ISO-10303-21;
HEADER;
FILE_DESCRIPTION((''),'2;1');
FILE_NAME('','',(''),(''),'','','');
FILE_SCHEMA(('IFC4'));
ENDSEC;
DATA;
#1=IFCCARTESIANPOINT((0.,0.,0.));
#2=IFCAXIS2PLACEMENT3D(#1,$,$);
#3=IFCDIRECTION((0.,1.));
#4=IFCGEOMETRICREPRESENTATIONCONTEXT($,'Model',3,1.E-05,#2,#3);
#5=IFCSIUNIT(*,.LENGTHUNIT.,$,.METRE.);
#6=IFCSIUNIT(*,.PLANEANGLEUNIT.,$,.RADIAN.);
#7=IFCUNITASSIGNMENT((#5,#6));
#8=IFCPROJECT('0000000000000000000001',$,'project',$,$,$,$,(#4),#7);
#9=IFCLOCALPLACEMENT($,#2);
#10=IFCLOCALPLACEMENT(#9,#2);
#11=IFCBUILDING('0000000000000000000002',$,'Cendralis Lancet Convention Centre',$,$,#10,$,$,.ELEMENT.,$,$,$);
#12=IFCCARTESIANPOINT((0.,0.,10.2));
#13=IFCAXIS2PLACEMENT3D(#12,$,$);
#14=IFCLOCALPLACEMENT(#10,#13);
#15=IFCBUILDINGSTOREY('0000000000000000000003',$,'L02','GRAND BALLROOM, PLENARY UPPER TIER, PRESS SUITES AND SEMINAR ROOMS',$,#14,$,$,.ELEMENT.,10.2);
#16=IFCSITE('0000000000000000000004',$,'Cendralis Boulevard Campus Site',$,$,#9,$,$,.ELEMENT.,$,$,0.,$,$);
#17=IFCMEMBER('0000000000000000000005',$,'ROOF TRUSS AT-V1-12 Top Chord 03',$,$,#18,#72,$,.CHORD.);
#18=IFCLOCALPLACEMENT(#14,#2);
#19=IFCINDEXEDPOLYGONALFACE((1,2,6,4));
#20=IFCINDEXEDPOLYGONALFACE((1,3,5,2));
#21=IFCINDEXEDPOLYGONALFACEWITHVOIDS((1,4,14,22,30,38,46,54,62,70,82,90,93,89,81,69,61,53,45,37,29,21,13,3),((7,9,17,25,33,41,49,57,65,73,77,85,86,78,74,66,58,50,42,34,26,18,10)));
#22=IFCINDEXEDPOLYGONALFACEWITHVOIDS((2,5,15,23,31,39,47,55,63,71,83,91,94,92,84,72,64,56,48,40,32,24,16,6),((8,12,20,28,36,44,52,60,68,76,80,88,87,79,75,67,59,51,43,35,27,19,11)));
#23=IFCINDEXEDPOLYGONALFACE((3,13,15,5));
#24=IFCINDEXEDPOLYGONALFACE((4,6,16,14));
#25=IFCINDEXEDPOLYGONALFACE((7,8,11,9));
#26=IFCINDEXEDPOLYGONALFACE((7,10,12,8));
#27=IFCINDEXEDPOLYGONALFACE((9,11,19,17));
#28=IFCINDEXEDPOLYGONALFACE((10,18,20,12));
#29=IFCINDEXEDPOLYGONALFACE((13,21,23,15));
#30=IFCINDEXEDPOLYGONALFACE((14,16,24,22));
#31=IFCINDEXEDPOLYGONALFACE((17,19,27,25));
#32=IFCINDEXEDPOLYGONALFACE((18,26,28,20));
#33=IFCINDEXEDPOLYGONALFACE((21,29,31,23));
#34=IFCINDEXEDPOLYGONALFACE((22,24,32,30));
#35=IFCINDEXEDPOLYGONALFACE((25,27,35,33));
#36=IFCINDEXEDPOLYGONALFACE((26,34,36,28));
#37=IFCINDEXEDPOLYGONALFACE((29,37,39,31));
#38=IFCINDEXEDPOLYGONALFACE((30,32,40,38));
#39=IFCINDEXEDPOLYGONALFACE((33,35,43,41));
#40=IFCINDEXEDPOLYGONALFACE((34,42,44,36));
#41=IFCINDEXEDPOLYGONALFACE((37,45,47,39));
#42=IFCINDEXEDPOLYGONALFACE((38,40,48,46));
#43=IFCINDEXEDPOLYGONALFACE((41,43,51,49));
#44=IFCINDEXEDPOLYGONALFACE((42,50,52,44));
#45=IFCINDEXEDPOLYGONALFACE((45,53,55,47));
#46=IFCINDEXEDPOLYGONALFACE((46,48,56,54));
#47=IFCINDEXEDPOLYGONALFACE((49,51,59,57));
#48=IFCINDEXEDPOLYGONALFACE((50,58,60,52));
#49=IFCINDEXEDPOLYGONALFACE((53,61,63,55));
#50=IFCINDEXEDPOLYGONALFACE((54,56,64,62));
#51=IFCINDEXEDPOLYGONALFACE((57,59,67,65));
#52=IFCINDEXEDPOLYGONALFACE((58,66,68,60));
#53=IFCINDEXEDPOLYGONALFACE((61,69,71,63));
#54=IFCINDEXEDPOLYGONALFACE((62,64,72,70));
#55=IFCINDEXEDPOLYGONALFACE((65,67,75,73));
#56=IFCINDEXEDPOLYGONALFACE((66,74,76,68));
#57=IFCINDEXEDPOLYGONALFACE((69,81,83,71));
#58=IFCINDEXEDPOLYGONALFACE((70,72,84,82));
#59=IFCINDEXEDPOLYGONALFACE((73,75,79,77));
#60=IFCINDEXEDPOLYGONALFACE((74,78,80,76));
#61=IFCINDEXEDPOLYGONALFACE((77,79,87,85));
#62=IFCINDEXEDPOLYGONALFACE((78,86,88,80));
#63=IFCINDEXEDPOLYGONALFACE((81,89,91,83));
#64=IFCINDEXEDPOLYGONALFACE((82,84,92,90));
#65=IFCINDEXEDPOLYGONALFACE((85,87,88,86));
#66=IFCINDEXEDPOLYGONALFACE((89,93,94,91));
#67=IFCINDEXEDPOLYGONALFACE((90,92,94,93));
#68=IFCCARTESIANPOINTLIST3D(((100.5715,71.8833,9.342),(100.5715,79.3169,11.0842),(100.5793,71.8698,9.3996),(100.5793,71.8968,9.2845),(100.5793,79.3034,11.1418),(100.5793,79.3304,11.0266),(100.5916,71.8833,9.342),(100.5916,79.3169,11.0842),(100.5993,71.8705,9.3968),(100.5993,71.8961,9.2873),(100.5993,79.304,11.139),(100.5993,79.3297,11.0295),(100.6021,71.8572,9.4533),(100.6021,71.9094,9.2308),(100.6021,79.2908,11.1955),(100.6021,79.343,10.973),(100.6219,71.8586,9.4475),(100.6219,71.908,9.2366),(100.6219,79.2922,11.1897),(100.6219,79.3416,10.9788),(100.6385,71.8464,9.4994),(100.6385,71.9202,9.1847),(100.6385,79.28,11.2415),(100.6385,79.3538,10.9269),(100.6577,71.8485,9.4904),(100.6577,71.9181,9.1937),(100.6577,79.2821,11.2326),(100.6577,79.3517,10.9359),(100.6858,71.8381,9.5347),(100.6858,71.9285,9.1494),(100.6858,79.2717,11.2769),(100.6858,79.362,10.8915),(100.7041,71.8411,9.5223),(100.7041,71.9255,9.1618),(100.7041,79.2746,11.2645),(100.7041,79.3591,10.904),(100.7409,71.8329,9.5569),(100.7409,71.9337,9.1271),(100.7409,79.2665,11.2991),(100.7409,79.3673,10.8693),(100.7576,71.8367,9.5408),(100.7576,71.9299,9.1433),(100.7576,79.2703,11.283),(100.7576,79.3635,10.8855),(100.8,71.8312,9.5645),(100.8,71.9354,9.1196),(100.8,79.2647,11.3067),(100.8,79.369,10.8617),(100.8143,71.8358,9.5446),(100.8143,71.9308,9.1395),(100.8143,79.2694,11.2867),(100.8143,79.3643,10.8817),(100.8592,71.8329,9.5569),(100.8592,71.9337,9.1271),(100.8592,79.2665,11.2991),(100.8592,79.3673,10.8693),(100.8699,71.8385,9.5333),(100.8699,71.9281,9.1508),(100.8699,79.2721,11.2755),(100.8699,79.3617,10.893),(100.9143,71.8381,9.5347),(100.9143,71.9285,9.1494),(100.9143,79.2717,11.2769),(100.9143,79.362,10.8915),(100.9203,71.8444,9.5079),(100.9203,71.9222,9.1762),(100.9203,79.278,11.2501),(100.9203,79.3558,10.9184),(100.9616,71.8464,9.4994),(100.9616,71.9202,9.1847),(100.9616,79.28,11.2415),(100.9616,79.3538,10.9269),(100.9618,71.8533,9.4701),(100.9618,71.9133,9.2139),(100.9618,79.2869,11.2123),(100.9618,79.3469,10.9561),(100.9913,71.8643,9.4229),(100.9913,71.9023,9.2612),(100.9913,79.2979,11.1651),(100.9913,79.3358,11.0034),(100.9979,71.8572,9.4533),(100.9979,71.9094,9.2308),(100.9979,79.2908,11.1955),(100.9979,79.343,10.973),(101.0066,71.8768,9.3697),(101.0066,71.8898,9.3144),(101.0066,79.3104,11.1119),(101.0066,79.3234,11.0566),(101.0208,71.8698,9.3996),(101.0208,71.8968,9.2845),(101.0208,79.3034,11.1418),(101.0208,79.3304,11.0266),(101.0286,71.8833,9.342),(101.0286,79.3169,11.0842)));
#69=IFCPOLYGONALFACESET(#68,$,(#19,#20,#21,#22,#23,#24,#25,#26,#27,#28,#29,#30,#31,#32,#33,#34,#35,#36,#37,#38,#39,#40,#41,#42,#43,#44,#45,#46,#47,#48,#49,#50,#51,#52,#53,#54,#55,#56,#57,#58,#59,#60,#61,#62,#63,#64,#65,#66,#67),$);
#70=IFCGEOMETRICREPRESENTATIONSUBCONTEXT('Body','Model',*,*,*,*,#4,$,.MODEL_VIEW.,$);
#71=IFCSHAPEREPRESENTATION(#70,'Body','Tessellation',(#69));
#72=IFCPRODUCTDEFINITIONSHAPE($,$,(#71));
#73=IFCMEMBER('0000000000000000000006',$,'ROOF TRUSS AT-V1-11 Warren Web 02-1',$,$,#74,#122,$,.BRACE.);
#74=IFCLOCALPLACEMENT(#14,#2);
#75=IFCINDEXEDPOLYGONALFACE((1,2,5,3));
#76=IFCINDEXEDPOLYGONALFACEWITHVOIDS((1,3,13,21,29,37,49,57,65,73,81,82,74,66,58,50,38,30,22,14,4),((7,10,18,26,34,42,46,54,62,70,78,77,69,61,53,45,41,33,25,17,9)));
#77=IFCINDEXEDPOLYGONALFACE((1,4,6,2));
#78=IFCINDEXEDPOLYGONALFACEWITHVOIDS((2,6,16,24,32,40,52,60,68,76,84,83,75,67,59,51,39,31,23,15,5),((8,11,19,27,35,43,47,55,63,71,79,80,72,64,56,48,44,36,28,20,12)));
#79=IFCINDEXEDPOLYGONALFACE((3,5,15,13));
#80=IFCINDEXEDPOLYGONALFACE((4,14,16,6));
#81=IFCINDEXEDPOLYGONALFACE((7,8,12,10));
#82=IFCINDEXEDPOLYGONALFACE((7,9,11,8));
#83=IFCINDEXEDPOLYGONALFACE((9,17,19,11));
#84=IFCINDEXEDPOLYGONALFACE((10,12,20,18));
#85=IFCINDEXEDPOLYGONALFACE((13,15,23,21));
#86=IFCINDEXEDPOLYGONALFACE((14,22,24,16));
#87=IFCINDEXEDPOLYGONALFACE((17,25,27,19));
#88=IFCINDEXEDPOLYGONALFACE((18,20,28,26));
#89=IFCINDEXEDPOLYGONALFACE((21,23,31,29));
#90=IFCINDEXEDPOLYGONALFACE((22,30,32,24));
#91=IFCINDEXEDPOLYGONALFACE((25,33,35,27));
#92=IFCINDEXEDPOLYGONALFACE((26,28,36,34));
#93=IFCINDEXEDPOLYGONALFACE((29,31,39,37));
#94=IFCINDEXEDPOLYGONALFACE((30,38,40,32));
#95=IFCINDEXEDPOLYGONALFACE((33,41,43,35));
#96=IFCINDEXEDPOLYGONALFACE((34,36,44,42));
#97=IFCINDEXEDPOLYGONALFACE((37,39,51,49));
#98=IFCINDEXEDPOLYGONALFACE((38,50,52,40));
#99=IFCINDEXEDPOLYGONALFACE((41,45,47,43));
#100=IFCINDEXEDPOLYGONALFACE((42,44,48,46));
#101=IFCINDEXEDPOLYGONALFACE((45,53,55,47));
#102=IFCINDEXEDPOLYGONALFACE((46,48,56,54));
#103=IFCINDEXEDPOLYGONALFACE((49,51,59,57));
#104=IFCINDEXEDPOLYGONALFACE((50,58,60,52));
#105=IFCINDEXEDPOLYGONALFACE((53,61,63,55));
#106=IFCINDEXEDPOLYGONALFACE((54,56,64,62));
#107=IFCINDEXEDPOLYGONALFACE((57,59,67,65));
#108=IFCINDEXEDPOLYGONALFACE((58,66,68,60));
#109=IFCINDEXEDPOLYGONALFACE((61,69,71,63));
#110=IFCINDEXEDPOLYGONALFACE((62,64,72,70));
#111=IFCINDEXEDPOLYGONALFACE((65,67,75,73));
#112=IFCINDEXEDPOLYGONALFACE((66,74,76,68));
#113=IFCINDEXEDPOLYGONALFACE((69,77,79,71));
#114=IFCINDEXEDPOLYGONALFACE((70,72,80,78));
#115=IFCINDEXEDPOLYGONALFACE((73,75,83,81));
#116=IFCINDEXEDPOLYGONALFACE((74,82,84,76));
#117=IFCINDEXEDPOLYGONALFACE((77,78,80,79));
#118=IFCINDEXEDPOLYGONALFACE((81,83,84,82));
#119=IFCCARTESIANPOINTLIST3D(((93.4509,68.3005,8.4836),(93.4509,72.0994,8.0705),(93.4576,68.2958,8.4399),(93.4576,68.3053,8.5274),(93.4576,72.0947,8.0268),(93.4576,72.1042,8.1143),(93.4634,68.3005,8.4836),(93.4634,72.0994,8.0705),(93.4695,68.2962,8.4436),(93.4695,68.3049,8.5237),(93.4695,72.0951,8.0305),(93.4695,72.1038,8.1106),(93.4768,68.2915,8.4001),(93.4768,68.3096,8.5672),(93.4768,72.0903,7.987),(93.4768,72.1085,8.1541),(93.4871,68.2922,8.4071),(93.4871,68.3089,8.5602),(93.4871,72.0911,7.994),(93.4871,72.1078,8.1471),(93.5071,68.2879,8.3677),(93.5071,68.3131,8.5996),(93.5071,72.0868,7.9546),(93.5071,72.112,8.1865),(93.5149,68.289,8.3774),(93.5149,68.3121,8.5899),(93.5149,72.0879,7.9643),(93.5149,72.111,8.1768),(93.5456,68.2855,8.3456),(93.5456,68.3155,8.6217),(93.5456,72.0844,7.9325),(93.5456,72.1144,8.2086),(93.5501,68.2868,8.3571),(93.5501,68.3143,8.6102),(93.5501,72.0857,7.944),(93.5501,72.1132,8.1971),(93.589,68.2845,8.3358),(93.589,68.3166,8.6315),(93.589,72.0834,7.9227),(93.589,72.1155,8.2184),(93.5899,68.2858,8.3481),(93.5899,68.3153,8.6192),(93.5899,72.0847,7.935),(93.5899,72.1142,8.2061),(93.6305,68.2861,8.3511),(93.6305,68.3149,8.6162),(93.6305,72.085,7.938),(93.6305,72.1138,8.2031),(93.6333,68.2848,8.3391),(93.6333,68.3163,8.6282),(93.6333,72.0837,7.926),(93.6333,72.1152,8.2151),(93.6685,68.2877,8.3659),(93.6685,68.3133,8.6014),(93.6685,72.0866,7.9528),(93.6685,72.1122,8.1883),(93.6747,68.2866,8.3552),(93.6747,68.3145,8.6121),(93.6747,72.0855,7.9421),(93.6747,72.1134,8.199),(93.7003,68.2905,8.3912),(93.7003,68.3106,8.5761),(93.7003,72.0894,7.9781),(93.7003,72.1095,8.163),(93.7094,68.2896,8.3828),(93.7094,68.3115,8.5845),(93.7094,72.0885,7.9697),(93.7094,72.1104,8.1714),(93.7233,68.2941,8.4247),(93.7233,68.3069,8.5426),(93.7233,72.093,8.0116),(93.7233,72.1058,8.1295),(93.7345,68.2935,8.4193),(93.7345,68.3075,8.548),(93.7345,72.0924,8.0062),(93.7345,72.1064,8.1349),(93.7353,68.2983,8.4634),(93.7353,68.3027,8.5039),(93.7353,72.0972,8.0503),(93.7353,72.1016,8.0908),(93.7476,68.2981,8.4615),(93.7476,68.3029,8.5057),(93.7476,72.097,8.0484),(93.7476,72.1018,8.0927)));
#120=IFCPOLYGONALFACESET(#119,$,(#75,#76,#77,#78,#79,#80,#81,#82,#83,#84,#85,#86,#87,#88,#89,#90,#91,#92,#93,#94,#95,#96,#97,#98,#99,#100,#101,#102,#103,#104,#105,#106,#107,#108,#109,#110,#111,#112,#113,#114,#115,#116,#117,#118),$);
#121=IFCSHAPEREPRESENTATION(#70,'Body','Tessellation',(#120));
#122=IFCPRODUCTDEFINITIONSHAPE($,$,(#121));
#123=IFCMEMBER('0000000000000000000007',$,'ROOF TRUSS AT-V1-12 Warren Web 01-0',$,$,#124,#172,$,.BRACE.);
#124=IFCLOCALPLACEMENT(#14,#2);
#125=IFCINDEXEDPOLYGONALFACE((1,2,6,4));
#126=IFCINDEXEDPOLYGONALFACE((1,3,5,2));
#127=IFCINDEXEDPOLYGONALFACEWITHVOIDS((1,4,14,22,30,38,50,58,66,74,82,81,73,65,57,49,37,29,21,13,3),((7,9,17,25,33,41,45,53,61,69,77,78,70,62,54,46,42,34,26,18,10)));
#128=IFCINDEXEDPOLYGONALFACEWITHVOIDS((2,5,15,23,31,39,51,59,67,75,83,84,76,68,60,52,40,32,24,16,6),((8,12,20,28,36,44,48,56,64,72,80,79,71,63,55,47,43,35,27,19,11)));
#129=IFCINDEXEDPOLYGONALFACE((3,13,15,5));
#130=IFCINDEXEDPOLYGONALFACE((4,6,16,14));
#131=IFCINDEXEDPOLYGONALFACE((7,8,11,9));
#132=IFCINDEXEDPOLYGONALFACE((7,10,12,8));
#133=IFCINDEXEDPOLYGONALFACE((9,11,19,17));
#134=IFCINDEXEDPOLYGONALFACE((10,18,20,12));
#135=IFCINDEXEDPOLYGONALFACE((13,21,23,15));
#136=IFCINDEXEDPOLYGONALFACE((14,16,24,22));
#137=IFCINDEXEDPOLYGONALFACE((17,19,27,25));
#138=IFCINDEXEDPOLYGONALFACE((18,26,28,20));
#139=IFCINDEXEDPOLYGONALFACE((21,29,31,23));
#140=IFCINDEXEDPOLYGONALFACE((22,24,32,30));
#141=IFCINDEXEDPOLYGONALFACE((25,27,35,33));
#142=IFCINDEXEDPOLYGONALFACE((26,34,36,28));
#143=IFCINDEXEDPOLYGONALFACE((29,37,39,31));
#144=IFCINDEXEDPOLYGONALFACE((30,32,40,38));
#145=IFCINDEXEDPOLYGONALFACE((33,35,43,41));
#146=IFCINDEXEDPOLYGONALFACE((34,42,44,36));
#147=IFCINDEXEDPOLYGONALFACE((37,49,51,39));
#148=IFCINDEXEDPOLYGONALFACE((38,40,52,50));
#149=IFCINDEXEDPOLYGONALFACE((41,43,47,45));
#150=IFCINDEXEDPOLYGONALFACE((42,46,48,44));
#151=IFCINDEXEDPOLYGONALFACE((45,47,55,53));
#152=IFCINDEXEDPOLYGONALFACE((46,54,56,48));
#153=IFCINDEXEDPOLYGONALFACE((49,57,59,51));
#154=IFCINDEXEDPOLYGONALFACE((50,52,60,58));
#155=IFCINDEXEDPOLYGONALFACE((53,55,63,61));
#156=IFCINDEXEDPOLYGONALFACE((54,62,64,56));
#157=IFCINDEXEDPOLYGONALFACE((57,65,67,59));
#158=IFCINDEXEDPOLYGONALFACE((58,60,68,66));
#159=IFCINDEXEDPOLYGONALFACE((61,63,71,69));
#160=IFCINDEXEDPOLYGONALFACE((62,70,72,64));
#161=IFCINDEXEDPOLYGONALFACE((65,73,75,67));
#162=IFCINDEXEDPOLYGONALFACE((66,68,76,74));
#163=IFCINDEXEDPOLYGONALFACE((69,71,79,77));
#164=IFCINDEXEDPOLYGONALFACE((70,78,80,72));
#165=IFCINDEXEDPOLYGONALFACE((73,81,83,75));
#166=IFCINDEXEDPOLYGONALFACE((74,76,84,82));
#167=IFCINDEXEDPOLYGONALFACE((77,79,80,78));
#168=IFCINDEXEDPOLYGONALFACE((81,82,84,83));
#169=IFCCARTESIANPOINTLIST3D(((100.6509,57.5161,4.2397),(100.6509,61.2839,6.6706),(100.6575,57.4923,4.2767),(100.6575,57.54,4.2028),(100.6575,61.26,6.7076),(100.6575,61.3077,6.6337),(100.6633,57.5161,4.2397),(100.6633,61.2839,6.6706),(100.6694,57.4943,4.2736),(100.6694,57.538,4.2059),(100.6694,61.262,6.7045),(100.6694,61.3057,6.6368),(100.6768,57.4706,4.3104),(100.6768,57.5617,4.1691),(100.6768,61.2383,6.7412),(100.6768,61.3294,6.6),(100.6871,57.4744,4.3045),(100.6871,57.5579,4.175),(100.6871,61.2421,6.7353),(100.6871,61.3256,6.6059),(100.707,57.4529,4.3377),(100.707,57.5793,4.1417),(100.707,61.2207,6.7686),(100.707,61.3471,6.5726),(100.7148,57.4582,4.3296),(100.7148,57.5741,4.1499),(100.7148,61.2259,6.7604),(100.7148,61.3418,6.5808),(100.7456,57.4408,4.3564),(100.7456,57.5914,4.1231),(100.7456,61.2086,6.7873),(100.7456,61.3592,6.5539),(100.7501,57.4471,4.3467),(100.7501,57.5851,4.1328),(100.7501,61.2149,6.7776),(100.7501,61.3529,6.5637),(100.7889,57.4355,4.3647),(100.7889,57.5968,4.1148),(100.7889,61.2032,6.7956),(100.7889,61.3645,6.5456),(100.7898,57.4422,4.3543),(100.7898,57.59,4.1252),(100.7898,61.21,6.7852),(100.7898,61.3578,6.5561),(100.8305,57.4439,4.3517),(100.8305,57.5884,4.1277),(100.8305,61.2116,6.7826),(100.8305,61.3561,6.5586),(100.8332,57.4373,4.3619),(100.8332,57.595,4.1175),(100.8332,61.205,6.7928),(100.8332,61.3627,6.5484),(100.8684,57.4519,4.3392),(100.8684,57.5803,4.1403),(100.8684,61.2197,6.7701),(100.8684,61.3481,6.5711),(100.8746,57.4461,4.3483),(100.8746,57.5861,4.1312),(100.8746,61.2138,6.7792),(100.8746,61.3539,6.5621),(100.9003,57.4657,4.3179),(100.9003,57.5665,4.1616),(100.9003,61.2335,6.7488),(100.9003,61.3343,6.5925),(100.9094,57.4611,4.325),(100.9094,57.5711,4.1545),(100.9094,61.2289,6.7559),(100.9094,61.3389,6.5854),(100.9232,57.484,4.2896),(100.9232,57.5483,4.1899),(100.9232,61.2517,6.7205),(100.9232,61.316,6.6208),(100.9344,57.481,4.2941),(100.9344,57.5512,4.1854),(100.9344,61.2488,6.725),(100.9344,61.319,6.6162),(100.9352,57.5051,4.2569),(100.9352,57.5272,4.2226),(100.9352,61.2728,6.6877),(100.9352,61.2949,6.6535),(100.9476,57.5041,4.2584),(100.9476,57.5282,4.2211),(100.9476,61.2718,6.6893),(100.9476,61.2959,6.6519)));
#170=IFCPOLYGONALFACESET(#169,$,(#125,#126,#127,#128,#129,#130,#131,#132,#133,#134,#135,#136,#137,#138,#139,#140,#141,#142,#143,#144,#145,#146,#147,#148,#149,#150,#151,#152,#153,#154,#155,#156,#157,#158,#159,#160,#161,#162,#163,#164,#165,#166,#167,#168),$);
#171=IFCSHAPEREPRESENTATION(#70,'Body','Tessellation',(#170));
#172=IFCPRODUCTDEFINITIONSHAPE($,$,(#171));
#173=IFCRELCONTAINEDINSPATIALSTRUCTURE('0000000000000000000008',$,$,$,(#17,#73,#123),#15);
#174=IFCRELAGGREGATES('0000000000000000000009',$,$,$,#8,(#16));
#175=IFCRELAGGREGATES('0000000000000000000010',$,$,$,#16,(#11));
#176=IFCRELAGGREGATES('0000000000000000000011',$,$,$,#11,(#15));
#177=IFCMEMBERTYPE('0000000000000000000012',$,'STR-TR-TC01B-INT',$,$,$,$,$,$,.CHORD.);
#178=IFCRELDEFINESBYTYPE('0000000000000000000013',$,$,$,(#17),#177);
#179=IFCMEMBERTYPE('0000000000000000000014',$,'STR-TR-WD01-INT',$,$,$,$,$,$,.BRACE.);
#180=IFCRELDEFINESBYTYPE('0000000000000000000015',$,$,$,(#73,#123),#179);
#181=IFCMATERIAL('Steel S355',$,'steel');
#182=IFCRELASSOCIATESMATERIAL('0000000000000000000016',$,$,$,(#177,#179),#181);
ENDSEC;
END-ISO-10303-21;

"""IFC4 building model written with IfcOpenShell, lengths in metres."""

from ifc_helpers import new_model, si_unit, direction, frame, origin, origin_2d, place, context, subcontext, project, spatial, hollow_circle, extrude, material, material_profile, profile_set, type_object, element, save


model = new_model("IFC4")

# Units and contexts
model_context = context("Model", 3, precision=1e-05, world=origin(), true_north=direction((0.0, 1.0)))
body_context = subcontext(model_context, "Body", "Model", "MODEL_VIEW")
ifc_project = project(units=[si_unit("LENGTHUNIT", "METRE"), si_unit("PLANEANGLEUNIT", "RADIAN")], contexts=[model_context])

# Site, building, storey
site_placement = place(None, origin())
site = spatial("IfcSite", under=ifc_project, at=site_placement, Name="Cendralis Boulevard Campus Site", CompositionType="ELEMENT", RefElevation=0.0)
building_placement = place(site_placement, origin())
building = spatial("IfcBuilding", under=site, at=building_placement, Name="Cendralis Lancet Convention Centre", CompositionType="ELEMENT")
storey_placement = place(building_placement, frame((0.0, 0.0, 10.2)))
storey = spatial("IfcBuildingStorey", under=building, at=storey_placement, Name="L02", Description="GRAND BALLROOM, PLENARY UPPER TIER, PRESS SUITES AND SEMINAR ROOMS", CompositionType="ELEMENT", Elevation=10.2)

# Members
ifc_material = material(Name="Steel S355", Category="steel")
ifc_material_profile_1 = material_profile(ifc_material, hollow_circle(Radius=0.2285, WallThickness=0.02, at=origin_2d()), Name="CHS 457.0x20.0")
ifc_profile_set_1 = profile_set([ifc_material_profile_1], Name="Steel S355")
member_type_1 = type_object("IfcMemberType", Name="STR-TR-TC01B-INT", PredefinedType="CHORD", material=ifc_profile_set_1)
for number, where, z_axis, x_axis, name in (
    (1, (100.8, 71.8833, 9.342), (0.0, 0.973618, 0.228184), (-1.0, 0.0, 0.0), "ROOF TRUSS AT-V1-12 Top Chord 03"),
):
    element("IfcMember", number, at=place(storey_placement, frame(where, z_axis=z_axis, x_axis=x_axis)), inside=storey, type_object=member_type_1, Name=name, PredefinedType="CHORD", context=body_context, shape_type="SweptSolid", body=[
        extrude(hollow_circle(Radius=0.2285, WallThickness=0.02, at=origin_2d()), origin(), (0.0, 0.0, 1.0), 7.635),
    ])
ifc_material_profile_2 = material_profile(ifc_material, hollow_circle(Radius=0.1492, WallThickness=0.0125, at=origin_2d()), Name="CHS 298.5x12.5")
ifc_profile_set_2 = profile_set([ifc_material_profile_2], Name="Steel S355")
member_type_2 = type_object("IfcMemberType", Name="STR-TR-WD01-INT", PredefinedType="BRACE", material=ifc_profile_set_2)
member_1_placement = place(storey_placement, frame((93.6001, 68.3005, 8.4836), z_axis=(0.0, 0.99414, -0.108103), x_axis=(-1.0, 0.0, 0.0)))
element("IfcMember", 2, at=member_1_placement, inside=storey, type_object=member_type_2, Name="ROOF TRUSS AT-V1-11 Warren Web 02-1", PredefinedType="BRACE", context=body_context, shape_type="SweptSolid", body=[
    extrude(hollow_circle(Radius=0.1492, WallThickness=0.0125, at=origin_2d()), origin(), (0.0, 0.0, 1.0), 3.8213),
])
member_2_placement = place(storey_placement, frame((100.8, 57.5161, 4.2397), z_axis=(0.0, 0.840291, 0.542136), x_axis=(-1.0, 0.0, 0.0)))
element("IfcMember", 3, at=member_2_placement, inside=storey, type_object=member_type_2, Name="ROOF TRUSS AT-V1-12 Warren Web 01-0", PredefinedType="BRACE", context=body_context, shape_type="SweptSolid", body=[
    extrude(hollow_circle(Radius=0.1492, WallThickness=0.0125, at=origin_2d()), origin(), (0.0, 0.0, 1.0), 4.4839),
])

save(model, "model.ifc")
